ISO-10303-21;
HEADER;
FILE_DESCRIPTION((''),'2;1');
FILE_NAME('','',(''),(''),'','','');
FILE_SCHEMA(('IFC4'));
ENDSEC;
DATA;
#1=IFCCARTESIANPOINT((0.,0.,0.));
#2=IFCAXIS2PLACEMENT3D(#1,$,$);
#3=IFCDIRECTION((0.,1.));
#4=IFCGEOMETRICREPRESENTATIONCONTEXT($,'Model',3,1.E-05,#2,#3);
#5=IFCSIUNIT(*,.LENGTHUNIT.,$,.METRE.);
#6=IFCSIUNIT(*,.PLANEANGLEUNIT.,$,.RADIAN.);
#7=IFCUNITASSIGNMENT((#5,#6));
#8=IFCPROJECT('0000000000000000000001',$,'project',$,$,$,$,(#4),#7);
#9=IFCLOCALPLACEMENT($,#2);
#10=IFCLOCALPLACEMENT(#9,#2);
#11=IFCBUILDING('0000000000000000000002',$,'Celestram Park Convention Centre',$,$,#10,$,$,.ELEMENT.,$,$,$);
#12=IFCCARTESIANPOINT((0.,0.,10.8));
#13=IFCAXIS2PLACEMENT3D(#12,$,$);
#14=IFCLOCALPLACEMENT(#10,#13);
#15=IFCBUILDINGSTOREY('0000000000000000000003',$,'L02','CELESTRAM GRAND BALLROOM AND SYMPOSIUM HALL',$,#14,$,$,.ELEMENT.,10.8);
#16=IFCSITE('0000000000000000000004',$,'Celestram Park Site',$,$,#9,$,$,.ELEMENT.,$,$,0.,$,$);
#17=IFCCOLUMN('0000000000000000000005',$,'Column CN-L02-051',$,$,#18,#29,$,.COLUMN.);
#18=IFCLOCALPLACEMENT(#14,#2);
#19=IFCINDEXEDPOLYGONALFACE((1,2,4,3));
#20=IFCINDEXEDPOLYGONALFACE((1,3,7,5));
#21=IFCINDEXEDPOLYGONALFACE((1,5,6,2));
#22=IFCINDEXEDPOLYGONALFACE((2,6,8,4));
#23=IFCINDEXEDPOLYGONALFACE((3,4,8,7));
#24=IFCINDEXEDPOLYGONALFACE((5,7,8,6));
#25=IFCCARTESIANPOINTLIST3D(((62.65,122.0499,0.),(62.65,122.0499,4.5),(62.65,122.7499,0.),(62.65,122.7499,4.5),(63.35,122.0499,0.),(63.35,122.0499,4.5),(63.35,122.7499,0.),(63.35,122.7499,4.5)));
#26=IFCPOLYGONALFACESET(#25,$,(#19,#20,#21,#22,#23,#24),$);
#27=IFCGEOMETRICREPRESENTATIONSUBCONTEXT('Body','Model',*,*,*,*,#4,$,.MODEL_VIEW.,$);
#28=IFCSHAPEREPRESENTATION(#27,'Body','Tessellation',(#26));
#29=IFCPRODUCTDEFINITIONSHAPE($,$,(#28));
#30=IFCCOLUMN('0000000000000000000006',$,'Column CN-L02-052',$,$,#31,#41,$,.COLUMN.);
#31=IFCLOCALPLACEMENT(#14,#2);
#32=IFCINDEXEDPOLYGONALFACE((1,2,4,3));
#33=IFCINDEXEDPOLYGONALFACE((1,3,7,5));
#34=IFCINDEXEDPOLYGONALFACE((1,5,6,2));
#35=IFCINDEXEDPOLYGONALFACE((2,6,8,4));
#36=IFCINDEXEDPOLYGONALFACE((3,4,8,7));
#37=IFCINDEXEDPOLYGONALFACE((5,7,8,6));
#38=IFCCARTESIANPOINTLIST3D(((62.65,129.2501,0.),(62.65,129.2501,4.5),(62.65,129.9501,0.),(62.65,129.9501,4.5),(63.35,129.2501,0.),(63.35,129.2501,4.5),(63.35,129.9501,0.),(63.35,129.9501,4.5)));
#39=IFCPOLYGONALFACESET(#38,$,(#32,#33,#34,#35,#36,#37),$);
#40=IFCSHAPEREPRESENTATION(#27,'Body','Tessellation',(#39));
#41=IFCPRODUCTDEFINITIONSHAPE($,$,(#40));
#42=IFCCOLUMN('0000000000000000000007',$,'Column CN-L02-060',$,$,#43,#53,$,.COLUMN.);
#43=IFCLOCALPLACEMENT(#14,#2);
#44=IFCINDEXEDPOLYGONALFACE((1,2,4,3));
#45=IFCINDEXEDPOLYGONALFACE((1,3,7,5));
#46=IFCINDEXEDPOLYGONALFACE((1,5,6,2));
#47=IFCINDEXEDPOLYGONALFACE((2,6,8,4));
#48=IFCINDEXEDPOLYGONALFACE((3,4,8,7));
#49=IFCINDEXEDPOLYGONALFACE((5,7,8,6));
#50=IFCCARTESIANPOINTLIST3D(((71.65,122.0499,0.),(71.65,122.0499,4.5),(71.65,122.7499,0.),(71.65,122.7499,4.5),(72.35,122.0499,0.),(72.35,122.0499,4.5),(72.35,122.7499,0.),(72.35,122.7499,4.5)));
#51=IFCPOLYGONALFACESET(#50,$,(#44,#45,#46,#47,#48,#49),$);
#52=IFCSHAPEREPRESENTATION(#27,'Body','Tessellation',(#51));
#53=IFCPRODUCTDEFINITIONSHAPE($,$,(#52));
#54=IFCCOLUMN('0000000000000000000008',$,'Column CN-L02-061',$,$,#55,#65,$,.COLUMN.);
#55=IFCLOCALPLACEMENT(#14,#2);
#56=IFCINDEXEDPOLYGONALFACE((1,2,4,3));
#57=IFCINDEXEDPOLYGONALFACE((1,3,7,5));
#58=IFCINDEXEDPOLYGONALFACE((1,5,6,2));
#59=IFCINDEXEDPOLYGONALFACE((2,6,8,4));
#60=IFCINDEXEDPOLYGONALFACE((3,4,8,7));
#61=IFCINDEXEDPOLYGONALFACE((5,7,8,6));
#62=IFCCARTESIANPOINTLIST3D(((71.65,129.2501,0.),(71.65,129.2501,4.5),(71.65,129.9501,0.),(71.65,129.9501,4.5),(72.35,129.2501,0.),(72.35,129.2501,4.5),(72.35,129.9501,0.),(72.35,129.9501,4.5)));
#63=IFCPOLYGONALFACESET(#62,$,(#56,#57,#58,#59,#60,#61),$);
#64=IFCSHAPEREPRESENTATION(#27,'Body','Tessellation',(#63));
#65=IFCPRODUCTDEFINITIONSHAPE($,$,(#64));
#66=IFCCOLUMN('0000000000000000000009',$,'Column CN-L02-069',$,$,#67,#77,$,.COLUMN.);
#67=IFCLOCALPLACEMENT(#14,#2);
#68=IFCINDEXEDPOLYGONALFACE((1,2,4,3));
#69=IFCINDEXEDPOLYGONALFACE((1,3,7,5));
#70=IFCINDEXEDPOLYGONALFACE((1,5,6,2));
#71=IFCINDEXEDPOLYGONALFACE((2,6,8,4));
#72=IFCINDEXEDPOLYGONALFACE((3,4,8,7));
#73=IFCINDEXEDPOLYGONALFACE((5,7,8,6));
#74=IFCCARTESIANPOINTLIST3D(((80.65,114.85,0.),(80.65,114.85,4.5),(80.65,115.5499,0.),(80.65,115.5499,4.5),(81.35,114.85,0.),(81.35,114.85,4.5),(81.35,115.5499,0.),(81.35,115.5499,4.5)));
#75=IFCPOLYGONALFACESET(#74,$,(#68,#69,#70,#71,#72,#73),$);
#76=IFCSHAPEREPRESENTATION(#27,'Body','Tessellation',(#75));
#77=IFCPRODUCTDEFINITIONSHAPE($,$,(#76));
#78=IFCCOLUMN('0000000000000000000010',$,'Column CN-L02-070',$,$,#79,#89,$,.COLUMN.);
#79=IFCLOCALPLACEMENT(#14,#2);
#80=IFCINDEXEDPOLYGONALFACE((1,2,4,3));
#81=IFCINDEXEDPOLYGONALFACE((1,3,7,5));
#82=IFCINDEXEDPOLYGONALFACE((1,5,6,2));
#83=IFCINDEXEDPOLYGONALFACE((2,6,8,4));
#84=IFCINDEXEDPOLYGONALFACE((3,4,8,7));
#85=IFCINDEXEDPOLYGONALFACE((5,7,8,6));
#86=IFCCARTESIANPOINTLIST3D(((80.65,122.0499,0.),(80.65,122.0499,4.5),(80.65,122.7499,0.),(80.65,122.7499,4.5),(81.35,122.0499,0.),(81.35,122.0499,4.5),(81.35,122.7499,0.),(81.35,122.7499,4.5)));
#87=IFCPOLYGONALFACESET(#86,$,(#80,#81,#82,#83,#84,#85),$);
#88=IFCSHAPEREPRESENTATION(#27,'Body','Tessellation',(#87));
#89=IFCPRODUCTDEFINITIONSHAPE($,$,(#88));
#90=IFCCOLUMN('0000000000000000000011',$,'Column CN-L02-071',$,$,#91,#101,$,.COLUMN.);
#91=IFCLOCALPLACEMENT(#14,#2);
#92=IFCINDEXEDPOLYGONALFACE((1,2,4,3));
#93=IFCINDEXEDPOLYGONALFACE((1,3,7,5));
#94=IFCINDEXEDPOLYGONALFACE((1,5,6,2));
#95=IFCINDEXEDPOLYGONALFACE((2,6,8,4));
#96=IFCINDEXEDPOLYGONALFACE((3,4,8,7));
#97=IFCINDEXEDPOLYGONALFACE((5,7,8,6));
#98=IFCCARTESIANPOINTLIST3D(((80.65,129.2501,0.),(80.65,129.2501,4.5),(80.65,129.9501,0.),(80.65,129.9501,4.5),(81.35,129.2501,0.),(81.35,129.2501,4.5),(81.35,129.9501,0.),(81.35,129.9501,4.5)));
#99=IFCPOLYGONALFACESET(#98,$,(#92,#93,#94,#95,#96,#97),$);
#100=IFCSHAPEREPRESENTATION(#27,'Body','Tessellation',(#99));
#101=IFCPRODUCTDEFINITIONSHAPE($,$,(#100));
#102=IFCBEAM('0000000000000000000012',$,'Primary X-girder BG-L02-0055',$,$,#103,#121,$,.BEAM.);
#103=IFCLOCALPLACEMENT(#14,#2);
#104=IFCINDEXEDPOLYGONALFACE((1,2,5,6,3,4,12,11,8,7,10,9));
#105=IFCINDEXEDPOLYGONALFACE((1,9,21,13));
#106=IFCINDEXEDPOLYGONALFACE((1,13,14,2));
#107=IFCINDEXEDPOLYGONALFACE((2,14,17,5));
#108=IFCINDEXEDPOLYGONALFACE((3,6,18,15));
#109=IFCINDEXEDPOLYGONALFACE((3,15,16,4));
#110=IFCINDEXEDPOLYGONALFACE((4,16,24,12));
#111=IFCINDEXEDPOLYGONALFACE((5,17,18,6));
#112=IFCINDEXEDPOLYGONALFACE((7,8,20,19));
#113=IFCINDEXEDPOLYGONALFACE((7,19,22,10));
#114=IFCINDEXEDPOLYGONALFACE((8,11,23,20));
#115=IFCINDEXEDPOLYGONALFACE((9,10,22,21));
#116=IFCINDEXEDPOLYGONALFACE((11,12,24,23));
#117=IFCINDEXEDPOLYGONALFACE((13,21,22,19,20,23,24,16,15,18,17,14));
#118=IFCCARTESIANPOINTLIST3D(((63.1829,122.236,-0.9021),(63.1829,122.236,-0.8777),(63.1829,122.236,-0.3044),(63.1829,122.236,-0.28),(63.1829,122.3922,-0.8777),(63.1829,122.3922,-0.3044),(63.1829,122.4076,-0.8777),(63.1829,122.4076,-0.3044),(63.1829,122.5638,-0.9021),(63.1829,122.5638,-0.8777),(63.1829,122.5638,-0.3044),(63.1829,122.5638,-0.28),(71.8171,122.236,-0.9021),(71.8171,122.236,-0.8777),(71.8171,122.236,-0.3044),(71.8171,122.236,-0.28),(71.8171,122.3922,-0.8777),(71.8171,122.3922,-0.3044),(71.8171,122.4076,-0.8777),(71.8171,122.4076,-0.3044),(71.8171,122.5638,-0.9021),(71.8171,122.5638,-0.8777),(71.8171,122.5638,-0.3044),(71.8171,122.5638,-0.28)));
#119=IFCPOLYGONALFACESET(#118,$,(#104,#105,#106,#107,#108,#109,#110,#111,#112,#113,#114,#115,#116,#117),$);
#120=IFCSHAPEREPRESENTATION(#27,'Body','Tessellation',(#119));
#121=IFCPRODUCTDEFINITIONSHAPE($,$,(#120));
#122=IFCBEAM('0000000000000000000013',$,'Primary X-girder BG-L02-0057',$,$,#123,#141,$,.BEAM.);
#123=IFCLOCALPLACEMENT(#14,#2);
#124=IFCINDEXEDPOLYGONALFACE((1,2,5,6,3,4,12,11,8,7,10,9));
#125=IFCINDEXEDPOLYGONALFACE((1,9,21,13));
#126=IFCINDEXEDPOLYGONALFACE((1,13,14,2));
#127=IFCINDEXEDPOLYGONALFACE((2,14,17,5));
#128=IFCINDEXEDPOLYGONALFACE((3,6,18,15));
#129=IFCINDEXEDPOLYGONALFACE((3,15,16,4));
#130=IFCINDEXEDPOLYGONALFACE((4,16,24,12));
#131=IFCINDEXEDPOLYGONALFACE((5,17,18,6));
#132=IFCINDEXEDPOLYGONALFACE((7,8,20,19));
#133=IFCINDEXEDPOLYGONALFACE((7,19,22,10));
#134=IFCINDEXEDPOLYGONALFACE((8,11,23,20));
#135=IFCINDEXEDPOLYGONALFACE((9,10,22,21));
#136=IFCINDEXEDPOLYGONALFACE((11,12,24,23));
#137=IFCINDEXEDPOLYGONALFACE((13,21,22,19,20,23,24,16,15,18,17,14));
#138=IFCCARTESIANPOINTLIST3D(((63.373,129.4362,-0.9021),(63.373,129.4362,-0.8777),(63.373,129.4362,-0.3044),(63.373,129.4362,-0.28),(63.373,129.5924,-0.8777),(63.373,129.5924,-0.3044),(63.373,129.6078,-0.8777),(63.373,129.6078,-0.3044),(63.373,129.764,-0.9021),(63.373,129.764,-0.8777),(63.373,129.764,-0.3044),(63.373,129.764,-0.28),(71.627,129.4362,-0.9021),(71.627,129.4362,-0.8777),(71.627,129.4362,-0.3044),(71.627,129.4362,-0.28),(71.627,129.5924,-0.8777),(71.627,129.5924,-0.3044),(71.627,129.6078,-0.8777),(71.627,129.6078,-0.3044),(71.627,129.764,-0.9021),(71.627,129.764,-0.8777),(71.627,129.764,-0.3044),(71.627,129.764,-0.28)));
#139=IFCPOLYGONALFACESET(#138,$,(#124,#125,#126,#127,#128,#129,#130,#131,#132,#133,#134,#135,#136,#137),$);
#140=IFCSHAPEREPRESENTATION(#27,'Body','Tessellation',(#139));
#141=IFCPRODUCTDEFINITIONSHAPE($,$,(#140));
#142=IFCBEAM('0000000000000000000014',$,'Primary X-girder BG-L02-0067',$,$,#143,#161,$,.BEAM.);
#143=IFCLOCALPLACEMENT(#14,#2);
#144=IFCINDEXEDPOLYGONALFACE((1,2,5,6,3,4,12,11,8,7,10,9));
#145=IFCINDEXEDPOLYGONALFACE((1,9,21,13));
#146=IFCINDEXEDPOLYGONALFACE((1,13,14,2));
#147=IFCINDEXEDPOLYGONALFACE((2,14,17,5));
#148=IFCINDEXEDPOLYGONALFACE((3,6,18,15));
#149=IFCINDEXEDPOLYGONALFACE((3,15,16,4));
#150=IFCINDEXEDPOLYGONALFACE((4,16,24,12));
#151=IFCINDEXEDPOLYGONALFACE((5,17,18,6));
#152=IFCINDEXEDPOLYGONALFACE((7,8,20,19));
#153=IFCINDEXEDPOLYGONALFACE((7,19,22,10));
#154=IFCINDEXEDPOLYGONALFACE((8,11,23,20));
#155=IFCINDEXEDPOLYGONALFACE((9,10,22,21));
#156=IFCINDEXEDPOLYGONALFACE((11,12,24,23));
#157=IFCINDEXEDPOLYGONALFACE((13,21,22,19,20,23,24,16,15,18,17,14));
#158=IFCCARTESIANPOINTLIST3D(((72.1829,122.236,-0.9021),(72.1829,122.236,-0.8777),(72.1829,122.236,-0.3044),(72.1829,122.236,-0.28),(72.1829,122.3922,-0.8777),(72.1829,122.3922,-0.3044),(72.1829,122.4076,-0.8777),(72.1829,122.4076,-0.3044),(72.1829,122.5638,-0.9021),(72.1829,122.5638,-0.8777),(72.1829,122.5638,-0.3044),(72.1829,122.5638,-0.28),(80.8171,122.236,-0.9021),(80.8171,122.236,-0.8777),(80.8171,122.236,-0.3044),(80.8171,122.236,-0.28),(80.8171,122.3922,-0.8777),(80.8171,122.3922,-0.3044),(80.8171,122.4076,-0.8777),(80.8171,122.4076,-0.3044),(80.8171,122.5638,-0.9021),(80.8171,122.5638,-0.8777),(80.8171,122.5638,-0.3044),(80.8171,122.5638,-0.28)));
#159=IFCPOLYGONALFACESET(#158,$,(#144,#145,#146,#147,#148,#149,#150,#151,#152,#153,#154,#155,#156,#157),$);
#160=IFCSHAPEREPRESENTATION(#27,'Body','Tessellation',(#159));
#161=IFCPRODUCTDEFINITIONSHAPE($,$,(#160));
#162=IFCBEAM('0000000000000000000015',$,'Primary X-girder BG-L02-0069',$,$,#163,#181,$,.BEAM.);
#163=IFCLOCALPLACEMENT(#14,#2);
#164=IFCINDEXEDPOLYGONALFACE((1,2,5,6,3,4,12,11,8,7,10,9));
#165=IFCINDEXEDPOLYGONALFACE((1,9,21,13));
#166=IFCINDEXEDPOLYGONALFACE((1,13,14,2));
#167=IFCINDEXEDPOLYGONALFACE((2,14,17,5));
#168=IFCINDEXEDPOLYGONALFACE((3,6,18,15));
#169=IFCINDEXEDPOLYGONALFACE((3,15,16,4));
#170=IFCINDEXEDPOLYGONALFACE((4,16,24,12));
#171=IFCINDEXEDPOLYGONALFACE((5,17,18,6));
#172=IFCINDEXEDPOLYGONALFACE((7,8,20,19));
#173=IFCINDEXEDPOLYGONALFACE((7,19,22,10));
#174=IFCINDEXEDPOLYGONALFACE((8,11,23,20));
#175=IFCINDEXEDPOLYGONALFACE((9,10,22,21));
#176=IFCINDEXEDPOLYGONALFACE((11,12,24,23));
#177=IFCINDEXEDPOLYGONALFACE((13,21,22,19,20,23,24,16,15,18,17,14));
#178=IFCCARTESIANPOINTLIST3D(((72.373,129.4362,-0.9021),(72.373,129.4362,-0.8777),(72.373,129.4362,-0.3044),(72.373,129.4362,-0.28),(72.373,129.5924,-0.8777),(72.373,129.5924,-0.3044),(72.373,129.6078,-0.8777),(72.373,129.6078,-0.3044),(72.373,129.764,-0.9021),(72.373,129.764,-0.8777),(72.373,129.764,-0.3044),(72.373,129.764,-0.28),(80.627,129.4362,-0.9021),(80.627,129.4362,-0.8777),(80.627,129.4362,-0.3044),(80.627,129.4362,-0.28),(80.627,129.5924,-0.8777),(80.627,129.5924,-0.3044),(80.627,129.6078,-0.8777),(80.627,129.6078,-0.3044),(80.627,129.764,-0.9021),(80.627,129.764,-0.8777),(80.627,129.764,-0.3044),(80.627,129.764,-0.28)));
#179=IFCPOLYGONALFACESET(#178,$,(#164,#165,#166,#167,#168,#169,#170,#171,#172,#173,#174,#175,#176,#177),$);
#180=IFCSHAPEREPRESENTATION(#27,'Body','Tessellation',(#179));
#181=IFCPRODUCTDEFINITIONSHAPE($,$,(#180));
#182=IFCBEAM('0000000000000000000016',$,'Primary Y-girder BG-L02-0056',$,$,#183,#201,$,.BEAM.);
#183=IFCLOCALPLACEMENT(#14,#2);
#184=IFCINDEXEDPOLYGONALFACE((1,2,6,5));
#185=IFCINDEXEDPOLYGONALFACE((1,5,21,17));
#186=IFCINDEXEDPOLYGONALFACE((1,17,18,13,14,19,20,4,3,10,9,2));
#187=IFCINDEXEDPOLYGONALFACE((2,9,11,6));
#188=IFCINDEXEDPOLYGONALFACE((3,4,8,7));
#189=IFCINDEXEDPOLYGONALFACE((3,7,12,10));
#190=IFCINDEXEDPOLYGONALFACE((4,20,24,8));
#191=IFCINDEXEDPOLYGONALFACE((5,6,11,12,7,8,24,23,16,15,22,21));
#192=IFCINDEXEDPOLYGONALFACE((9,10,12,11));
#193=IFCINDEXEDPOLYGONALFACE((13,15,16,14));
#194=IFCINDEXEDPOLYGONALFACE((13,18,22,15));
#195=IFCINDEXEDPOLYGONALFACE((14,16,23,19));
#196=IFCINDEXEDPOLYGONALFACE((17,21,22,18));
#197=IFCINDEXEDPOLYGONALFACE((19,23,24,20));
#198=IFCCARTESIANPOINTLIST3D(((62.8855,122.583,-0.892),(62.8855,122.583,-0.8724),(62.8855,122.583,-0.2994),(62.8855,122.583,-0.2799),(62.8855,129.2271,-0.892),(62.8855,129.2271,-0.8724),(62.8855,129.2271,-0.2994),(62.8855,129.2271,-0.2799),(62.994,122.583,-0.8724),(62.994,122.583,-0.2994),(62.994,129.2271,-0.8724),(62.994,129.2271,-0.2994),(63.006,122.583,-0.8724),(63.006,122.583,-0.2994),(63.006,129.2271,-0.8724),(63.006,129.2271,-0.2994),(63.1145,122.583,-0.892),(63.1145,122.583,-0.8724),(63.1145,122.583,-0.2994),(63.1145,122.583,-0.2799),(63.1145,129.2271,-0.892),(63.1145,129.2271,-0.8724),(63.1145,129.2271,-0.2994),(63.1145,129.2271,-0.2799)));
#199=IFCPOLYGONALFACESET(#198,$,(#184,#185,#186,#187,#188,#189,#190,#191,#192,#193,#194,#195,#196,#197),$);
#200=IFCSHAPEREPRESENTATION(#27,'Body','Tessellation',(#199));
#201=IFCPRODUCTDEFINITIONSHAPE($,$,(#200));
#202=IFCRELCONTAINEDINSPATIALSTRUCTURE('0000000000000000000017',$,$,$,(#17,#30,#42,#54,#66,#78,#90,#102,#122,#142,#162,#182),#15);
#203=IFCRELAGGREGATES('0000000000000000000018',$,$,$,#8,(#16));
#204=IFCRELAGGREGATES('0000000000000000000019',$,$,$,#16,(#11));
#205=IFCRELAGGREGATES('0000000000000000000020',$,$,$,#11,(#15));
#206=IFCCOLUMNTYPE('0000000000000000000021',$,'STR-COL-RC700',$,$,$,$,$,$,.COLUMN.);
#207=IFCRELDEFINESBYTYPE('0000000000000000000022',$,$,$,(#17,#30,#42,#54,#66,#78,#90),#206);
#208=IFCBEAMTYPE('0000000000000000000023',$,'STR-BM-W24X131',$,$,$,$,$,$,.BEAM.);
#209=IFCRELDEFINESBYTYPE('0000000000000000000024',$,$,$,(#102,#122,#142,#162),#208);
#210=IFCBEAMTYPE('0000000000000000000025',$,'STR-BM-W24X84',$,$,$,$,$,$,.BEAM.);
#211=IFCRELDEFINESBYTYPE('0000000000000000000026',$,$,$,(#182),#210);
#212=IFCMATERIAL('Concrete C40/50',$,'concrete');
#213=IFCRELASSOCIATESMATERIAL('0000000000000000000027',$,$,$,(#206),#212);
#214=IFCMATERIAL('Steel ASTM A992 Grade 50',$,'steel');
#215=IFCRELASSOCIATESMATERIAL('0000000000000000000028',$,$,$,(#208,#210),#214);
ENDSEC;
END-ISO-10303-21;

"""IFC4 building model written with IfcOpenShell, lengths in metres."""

from ifc_helpers import new_model, si_unit, direction, frame, origin, origin_2d, place, context, subcontext, project, spatial, rectangle, i_section, extrude, material, material_profile, profile_set, type_object, element, save


model = new_model("IFC4")

# Units and contexts
model_context = context("Model", 3, precision=1e-05, world=origin(), true_north=direction((0.0, 1.0)))
body_context = subcontext(model_context, "Body", "Model", "MODEL_VIEW")
ifc_project = project(units=[si_unit("LENGTHUNIT", "METRE"), si_unit("PLANEANGLEUNIT", "RADIAN")], contexts=[model_context])

# Site, building, storey
site_placement = place(None, origin())
site = spatial("IfcSite", under=ifc_project, at=site_placement, Name="Celestram Park Site", CompositionType="ELEMENT", RefElevation=0.0)
building_placement = place(site_placement, origin())
building = spatial("IfcBuilding", under=site, at=building_placement, Name="Celestram Park Convention Centre", CompositionType="ELEMENT")
storey_placement = place(building_placement, frame((0.0, 0.0, 10.8)))
storey = spatial("IfcBuildingStorey", under=building, at=storey_placement, Name="L02", Description="CELESTRAM GRAND BALLROOM AND SYMPOSIUM HALL", CompositionType="ELEMENT", Elevation=10.8)

# Columns
ifc_material_1 = material(Name="Concrete C40/50", Category="concrete")
ifc_material_profile_1 = material_profile(ifc_material_1, rectangle(XDim=0.7, YDim=0.7, at=origin_2d()), Name="RC700X700")
ifc_profile_set_1 = profile_set([ifc_material_profile_1], Name="Concrete C40/50")
column_type = type_object("IfcColumnType", Name="STR-COL-RC700", PredefinedType="COLUMN", material=ifc_profile_set_1)
for number, where, z_axis, x_axis, name in (
    (1, (63.0, 122.3999, 0.0), (0.0, 0.0, 1.0), (1.0, 0.0, 0.0), "Column CN-L02-051"),
    (2, (63.0, 129.6001, 0.0), (0.0, 0.0, 1.0), (1.0, 0.0, 0.0), "Column CN-L02-052"),
    (3, (72.0, 122.3999, 0.0), (0.0, 0.0, 1.0), (1.0, 0.0, 0.0), "Column CN-L02-060"),
    (4, (72.0, 129.6001, 0.0), (0.0, 0.0, 1.0), (1.0, 0.0, 0.0), "Column CN-L02-061"),
    (5, (81.0, 115.2, 0.0), (0.0, 0.0, 1.0), (1.0, 0.0, 0.0), "Column CN-L02-069"),
    (6, (81.0, 122.3999, 0.0), (0.0, 0.0, 1.0), (1.0, 0.0, 0.0), "Column CN-L02-070"),
    (7, (81.0, 129.6001, 0.0), (0.0, 0.0, 1.0), (1.0, 0.0, 0.0), "Column CN-L02-071"),
):
    element("IfcColumn", number, at=place(storey_placement, frame(where, z_axis=z_axis, x_axis=x_axis)), inside=storey, type_object=column_type, Name=name, PredefinedType="COLUMN", context=body_context, shape_type="SweptSolid", body=[
        extrude(rectangle(XDim=0.7, YDim=0.7, at=origin_2d()), origin(), (0.0, 0.0, 1.0), 4.5),
    ])

# Beams
ifc_material_2 = material(Name="Steel ASTM A992 Grade 50", Category="steel")
ifc_material_profile_2 = material_profile(ifc_material_2, i_section(OverallWidth=0.3279, OverallDepth=0.6221, WebThickness=0.0154, FlangeThickness=0.0244, at=origin_2d()), Name="W24X131")
ifc_profile_set_2 = profile_set([ifc_material_profile_2], Name="Steel ASTM A992 Grade 50")
beam_type_1 = type_object("IfcBeamType", Name="STR-BM-W24X131", PredefinedType="BEAM", material=ifc_profile_set_2)
beam_1_placement = place(storey_placement, frame((63.1829, 122.3999, -0.5911), z_axis=(1.0, 0.0, 0.0), x_axis=(0.0, 1.0, 0.0)))
element("IfcBeam", 8, at=beam_1_placement, inside=storey, type_object=beam_type_1, Name="Primary X-girder BG-L02-0055", PredefinedType="BEAM", context=body_context, shape_type="SweptSolid", body=[
    extrude(i_section(OverallWidth=0.3279, OverallDepth=0.6221, WebThickness=0.0154, FlangeThickness=0.0244, at=origin_2d()), origin(), (0.0, 0.0, 1.0), 8.6343),
])
beam_2_placement = place(storey_placement, frame((63.373, 129.6001, -0.5911), z_axis=(1.0, 0.0, 0.0), x_axis=(0.0, 1.0, 0.0)))
element("IfcBeam", 9, at=beam_2_placement, inside=storey, type_object=beam_type_1, Name="Primary X-girder BG-L02-0057", PredefinedType="BEAM", context=body_context, shape_type="SweptSolid", body=[
    extrude(i_section(OverallWidth=0.3279, OverallDepth=0.6221, WebThickness=0.0154, FlangeThickness=0.0244, at=origin_2d()), origin(), (0.0, 0.0, 1.0), 8.2539),
])
beam_3_placement = place(storey_placement, frame((72.1829, 122.3999, -0.5911), z_axis=(1.0, 0.0, 0.0), x_axis=(0.0, 1.0, 0.0)))
element("IfcBeam", 10, at=beam_3_placement, inside=storey, type_object=beam_type_1, Name="Primary X-girder BG-L02-0067", PredefinedType="BEAM", context=body_context, shape_type="SweptSolid", body=[
    extrude(i_section(OverallWidth=0.3279, OverallDepth=0.6221, WebThickness=0.0154, FlangeThickness=0.0244, at=origin_2d()), origin(), (0.0, 0.0, 1.0), 8.6343),
])
beam_4_placement = place(storey_placement, frame((72.373, 129.6001, -0.5911), z_axis=(1.0, 0.0, 0.0), x_axis=(0.0, 1.0, 0.0)))
element("IfcBeam", 11, at=beam_4_placement, inside=storey, type_object=beam_type_1, Name="Primary X-girder BG-L02-0069", PredefinedType="BEAM", context=body_context, shape_type="SweptSolid", body=[
    extrude(i_section(OverallWidth=0.3279, OverallDepth=0.6221, WebThickness=0.0154, FlangeThickness=0.0244, at=origin_2d()), origin(), (0.0, 0.0, 1.0), 8.2539),
])
ifc_material_profile_3 = material_profile(ifc_material_2, i_section(OverallWidth=0.229, OverallDepth=0.6121, WebThickness=0.012, FlangeThickness=0.0195, at=origin_2d()), Name="W24X84")
ifc_profile_set_3 = profile_set([ifc_material_profile_3], Name="Steel ASTM A992 Grade 50")
beam_type_2 = type_object("IfcBeamType", Name="STR-BM-W24X84", PredefinedType="BEAM", material=ifc_profile_set_3)
for number, where, z_axis, x_axis, name in (
    (12, (63.0, 122.583, -0.5859), (0.0, 1.0, 0.0), (-1.0, 0.0, 0.0), "Primary Y-girder BG-L02-0056"),
):
    element("IfcBeam", number, at=place(storey_placement, frame(where, z_axis=z_axis, x_axis=x_axis)), inside=storey, type_object=beam_type_2, Name=name, PredefinedType="BEAM", context=body_context, shape_type="SweptSolid", body=[
        extrude(i_section(OverallWidth=0.229, OverallDepth=0.6121, WebThickness=0.012, FlangeThickness=0.0195, at=origin_2d()), origin(), (0.0, 0.0, 1.0), 6.644),
    ])

save(model, "model.ifc")
